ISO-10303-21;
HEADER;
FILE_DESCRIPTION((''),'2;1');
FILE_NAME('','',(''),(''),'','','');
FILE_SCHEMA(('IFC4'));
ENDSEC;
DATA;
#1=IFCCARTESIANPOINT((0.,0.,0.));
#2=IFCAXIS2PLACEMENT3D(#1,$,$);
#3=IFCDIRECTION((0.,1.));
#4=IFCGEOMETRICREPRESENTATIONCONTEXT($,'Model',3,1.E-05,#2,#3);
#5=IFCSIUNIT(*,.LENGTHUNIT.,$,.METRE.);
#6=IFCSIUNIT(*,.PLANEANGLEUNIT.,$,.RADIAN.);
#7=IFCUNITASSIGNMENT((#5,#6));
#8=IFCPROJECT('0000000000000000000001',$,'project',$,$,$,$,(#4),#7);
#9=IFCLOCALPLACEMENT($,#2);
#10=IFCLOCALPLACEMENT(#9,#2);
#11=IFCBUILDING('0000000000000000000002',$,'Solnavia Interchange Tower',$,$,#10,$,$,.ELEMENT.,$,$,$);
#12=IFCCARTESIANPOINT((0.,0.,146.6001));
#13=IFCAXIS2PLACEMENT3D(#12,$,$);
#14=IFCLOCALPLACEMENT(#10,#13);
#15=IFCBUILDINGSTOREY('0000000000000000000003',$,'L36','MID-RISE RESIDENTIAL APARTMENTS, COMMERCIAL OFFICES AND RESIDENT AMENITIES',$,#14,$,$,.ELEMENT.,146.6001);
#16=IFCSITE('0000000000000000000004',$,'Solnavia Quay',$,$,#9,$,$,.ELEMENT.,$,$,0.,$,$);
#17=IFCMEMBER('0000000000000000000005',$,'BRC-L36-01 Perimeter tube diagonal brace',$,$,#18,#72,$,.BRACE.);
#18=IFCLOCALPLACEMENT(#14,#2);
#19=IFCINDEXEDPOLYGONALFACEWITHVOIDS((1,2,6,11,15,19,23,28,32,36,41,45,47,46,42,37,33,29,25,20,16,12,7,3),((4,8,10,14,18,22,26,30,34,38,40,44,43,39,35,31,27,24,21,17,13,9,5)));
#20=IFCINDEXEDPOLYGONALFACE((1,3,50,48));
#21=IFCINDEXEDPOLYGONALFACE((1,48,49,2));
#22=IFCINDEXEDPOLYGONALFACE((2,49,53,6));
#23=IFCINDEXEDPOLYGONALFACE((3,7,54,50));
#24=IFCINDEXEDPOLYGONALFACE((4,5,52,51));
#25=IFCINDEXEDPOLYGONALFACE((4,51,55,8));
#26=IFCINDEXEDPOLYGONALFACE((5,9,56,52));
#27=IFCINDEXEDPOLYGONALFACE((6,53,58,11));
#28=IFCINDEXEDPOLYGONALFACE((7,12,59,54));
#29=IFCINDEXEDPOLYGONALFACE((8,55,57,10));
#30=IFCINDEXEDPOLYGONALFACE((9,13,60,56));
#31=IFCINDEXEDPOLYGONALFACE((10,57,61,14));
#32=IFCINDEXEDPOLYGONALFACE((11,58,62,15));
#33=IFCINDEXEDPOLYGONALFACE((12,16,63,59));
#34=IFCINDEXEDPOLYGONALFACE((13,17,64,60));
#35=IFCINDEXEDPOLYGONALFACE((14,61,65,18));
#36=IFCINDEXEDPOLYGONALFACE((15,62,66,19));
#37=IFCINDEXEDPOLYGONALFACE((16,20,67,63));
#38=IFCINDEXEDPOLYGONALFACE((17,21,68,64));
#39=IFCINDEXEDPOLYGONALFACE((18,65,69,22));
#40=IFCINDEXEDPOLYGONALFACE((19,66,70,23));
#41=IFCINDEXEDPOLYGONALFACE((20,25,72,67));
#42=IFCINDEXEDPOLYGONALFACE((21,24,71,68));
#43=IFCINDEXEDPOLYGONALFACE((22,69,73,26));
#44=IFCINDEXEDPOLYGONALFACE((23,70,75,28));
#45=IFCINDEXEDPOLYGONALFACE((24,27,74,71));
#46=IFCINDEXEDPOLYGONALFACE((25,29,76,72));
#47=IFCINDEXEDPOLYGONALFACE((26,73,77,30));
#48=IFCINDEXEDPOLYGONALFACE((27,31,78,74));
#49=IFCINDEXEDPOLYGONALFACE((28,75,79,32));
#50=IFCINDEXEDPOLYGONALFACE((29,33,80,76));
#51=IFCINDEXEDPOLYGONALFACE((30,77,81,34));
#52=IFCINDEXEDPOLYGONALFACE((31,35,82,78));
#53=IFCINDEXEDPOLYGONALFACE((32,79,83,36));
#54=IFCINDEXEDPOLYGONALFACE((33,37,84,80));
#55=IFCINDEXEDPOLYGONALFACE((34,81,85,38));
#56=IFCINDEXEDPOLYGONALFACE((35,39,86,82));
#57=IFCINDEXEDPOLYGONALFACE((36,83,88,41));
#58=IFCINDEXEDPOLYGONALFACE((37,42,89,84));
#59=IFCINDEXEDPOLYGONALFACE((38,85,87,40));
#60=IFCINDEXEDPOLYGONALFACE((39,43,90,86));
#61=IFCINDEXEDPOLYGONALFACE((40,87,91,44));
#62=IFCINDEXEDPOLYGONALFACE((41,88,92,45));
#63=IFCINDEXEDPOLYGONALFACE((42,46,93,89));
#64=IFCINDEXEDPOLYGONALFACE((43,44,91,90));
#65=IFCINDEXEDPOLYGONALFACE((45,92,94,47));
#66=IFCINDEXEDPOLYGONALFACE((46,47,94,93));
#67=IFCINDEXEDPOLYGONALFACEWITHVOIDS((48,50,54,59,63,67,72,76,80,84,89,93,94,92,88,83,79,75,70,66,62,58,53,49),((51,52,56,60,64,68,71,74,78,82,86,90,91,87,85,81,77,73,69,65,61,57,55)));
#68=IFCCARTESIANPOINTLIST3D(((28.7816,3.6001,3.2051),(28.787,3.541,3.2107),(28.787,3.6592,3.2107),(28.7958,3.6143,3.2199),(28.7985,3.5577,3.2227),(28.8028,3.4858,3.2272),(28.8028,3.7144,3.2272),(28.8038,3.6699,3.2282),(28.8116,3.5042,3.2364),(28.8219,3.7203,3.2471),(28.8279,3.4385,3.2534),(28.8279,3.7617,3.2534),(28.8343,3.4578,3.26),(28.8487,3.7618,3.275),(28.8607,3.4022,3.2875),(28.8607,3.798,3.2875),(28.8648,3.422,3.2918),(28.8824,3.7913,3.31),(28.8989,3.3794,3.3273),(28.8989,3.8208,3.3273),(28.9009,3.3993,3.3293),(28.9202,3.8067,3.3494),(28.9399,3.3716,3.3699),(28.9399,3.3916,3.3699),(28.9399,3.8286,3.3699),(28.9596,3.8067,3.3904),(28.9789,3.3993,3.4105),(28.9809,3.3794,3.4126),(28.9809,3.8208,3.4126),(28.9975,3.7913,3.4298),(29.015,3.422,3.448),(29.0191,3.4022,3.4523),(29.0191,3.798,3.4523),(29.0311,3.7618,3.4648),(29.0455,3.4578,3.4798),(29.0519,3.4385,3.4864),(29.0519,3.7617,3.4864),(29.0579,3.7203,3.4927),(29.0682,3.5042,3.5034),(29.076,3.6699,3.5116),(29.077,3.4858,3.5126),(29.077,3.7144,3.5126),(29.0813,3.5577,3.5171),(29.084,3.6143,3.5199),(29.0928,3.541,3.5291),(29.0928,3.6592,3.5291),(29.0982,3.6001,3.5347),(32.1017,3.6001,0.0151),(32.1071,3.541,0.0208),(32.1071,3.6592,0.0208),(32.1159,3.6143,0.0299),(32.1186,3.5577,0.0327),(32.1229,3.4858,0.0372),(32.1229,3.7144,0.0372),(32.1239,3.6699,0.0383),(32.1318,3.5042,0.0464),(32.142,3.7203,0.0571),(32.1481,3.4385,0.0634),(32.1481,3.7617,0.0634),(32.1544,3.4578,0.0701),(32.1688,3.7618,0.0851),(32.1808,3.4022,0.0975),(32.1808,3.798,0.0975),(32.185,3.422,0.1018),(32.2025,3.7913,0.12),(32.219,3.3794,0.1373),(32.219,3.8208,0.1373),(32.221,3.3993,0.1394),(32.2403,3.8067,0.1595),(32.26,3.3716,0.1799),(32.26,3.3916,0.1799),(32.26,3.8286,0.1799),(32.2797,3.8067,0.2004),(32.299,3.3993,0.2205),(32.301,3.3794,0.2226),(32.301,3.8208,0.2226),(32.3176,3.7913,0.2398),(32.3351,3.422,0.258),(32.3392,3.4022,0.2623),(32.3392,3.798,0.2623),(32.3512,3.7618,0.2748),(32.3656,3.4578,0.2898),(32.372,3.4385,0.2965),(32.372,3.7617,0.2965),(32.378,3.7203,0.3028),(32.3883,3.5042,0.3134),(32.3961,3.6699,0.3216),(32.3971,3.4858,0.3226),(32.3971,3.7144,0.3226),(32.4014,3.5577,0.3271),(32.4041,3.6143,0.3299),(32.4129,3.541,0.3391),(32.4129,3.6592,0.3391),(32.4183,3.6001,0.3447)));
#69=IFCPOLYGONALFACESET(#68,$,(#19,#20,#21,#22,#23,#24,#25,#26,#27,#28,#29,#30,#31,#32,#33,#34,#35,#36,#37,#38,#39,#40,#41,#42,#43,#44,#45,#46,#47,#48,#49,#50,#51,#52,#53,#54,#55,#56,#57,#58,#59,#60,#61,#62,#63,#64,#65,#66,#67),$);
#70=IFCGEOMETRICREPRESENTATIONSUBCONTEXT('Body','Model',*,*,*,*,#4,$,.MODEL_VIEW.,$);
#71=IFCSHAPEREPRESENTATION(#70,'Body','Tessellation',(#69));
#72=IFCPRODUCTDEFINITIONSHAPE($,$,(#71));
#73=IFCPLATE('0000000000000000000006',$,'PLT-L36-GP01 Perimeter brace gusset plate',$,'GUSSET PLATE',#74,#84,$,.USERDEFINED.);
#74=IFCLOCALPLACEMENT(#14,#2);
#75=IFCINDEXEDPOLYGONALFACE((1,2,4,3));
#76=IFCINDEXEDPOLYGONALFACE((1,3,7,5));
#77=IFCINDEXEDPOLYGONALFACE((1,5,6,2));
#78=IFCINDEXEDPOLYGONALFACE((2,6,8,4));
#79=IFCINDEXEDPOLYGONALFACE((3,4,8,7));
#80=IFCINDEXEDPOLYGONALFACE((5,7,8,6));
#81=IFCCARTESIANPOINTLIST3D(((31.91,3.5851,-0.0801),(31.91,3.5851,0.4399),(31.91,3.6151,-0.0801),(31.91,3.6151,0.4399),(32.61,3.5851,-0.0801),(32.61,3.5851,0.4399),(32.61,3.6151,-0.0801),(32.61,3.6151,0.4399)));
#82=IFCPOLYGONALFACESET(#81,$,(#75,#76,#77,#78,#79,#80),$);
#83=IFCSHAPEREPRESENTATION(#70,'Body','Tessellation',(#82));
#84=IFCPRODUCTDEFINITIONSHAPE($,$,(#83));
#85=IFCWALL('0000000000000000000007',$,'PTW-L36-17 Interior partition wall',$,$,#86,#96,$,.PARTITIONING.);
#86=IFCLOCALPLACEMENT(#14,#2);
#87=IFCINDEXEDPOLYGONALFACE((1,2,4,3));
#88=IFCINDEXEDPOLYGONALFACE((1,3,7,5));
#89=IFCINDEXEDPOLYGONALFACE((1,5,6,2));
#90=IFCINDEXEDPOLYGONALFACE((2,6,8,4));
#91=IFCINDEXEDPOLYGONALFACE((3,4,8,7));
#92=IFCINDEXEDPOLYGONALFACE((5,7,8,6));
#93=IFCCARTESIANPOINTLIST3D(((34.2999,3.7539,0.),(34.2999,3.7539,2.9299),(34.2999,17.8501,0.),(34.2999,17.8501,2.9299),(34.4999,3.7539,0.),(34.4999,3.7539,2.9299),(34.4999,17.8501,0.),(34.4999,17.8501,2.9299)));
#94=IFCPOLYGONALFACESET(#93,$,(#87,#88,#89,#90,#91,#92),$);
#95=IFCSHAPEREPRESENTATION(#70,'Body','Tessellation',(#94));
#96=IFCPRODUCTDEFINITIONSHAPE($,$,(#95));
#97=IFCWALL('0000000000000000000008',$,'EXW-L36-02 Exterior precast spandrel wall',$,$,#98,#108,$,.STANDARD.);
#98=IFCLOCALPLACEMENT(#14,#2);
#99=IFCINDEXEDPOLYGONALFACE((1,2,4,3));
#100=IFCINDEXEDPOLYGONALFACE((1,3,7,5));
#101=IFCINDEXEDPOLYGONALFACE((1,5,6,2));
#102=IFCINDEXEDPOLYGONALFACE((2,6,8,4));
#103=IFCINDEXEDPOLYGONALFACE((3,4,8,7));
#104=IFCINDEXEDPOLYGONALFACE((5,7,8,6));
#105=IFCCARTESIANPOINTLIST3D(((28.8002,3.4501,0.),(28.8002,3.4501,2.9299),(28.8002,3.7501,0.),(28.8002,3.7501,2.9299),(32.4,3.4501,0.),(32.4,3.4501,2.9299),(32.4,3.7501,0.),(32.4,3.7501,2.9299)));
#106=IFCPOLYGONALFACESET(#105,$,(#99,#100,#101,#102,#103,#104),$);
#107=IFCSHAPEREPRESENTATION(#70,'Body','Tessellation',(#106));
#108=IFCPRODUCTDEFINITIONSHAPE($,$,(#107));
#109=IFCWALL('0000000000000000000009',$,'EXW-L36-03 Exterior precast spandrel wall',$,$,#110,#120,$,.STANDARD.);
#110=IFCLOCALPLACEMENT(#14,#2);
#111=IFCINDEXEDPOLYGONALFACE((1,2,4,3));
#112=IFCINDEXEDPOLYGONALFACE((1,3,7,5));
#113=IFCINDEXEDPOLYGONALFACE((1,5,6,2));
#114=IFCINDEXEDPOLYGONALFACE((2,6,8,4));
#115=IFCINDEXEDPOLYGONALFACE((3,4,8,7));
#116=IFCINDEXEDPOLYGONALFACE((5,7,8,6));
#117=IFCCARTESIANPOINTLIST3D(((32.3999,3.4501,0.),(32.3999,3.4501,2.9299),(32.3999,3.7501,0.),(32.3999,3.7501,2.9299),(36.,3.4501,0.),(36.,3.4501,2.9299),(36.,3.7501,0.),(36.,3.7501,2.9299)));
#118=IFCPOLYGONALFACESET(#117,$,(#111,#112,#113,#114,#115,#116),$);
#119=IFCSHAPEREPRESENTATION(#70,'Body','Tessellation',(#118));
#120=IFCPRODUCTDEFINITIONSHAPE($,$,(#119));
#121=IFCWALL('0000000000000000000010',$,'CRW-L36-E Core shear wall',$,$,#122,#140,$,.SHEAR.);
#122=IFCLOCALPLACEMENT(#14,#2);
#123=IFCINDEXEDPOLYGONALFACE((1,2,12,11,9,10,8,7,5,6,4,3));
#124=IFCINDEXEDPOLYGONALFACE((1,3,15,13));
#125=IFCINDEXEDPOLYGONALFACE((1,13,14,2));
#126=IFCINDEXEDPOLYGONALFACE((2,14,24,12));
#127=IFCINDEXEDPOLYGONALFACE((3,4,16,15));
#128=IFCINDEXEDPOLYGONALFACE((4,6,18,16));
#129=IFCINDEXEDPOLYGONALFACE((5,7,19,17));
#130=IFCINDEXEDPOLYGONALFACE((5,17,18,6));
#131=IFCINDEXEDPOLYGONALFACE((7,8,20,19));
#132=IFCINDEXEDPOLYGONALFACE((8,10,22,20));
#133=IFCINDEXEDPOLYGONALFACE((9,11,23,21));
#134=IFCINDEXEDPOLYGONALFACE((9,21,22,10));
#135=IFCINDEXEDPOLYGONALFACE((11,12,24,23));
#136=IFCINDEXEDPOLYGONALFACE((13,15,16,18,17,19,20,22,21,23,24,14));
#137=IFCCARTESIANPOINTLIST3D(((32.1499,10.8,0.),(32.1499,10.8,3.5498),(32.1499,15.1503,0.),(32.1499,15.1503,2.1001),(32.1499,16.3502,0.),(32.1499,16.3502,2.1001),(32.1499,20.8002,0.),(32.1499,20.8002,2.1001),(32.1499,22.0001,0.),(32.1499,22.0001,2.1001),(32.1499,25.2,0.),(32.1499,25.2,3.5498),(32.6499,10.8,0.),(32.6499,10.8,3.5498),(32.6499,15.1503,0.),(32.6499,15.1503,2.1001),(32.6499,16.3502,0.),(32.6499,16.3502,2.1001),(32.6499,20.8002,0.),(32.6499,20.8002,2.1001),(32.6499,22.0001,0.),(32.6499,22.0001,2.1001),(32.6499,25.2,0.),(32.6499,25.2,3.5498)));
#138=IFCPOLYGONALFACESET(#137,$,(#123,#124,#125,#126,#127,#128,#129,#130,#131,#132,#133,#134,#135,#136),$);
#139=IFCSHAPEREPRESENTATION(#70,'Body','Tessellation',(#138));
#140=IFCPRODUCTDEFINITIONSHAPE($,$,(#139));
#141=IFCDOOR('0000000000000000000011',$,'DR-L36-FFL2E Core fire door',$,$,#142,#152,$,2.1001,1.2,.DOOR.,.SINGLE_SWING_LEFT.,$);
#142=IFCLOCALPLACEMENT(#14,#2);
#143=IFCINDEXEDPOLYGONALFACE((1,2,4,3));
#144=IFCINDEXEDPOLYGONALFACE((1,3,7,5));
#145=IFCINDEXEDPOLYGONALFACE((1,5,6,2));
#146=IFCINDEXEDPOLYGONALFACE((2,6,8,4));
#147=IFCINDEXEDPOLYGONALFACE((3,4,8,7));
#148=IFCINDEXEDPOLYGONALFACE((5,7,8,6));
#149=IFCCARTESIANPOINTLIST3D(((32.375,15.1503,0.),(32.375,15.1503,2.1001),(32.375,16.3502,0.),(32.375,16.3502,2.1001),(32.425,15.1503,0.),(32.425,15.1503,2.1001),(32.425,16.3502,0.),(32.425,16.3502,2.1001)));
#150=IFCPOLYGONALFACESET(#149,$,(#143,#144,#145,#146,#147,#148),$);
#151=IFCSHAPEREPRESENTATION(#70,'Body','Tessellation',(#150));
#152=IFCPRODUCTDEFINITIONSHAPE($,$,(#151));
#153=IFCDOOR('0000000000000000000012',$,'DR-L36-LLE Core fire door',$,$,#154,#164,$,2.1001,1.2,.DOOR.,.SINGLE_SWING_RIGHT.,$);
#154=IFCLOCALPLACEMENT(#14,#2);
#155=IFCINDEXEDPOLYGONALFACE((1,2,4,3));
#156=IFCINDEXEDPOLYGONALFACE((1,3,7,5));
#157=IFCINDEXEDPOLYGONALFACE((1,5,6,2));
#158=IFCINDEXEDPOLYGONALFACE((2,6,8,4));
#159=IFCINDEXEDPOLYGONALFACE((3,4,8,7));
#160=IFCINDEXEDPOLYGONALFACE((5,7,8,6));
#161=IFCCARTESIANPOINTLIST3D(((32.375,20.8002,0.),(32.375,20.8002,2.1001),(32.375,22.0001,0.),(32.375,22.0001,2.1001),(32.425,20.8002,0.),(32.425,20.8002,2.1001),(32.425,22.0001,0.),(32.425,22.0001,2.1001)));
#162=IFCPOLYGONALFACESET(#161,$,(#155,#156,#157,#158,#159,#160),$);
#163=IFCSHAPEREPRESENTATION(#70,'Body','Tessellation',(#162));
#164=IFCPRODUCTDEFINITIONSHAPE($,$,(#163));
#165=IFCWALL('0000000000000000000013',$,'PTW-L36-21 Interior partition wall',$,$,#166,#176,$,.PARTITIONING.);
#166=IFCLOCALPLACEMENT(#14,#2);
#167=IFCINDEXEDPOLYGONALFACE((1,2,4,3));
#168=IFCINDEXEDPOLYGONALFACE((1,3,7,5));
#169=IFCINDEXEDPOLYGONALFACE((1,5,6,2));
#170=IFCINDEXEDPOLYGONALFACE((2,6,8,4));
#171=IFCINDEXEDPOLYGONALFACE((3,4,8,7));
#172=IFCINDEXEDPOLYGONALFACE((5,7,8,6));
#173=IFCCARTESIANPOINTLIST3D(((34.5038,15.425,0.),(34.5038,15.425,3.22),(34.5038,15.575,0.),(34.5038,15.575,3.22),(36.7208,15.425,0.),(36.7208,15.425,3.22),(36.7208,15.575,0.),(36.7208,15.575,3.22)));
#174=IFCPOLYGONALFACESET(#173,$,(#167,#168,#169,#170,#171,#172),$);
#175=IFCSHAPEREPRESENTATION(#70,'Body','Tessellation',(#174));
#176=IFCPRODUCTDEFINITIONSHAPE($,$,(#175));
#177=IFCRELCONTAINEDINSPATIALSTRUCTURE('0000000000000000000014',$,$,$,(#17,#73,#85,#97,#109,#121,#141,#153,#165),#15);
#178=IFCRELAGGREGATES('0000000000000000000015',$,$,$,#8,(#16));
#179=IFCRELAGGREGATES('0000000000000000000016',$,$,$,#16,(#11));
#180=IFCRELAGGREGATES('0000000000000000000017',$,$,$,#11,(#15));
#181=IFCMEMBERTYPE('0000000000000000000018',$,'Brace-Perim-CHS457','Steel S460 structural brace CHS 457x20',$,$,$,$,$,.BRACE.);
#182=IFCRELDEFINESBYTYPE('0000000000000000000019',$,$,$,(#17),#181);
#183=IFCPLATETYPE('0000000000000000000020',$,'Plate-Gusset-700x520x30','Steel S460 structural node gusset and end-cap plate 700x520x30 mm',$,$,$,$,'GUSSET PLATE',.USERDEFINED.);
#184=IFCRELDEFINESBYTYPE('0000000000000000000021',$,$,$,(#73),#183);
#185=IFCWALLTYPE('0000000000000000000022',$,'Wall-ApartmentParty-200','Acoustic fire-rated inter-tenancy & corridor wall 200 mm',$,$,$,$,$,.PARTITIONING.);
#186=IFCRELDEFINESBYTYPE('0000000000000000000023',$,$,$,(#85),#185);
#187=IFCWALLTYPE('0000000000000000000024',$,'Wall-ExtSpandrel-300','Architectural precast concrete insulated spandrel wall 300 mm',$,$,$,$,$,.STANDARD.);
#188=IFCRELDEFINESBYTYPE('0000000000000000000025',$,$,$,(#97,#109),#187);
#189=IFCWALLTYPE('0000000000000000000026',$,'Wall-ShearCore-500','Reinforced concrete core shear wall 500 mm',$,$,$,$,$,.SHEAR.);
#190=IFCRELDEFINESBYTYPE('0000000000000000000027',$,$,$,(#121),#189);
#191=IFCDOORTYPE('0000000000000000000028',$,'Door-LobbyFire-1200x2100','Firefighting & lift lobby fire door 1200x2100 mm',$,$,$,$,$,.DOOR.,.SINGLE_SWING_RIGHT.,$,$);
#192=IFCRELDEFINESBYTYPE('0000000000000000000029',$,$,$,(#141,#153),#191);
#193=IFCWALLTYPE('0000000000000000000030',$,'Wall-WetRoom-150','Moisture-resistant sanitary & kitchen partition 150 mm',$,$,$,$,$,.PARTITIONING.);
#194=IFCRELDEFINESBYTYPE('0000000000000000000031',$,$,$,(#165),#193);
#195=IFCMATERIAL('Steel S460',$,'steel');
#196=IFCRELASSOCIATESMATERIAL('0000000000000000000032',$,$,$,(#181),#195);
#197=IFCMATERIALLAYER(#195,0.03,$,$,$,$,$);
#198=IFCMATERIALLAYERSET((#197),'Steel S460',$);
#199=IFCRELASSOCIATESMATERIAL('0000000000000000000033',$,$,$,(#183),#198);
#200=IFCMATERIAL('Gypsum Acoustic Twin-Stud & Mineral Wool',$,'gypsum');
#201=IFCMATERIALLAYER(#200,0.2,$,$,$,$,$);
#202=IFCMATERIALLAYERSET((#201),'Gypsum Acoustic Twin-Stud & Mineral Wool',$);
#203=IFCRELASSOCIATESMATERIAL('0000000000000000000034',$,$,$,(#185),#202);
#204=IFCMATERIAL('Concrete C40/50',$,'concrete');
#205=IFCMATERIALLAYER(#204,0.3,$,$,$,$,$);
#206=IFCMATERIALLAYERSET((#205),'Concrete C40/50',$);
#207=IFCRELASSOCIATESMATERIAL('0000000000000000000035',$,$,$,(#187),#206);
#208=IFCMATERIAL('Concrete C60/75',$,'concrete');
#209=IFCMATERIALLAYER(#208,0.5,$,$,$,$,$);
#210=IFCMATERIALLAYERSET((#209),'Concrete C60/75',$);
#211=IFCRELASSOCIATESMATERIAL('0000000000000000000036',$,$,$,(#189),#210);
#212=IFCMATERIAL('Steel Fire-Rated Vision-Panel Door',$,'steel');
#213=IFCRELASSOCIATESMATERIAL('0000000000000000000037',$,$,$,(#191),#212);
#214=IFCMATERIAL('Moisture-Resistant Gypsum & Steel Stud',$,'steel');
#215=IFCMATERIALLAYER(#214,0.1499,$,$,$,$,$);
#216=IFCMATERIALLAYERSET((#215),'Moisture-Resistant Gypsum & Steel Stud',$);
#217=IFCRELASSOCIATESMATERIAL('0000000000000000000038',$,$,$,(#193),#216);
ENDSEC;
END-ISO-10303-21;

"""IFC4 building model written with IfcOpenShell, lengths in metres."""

from ifc_helpers import new_model, si_unit, direction, frame, frame_2d, origin, origin_2d, place, context, subcontext, project, spatial, rectangle, hollow_circle, extrude, material, layer, layer_set, material_profile, profile_set, type_object, element, fill, save


model = new_model("IFC4")

# Units and contexts
model_context = context("Model", 3, precision=1e-05, world=origin(), true_north=direction((0.0, 1.0)))
body_context = subcontext(model_context, "Body", "Model", "MODEL_VIEW")
ifc_project = project(units=[si_unit("LENGTHUNIT", "METRE"), si_unit("PLANEANGLEUNIT", "RADIAN")], contexts=[model_context])

# Site, building, storey
site_placement = place(None, origin())
site = spatial("IfcSite", under=ifc_project, at=site_placement, Name="Solnavia Quay", CompositionType="ELEMENT", RefElevation=0.0)
building_placement = place(site_placement, origin())
building = spatial("IfcBuilding", under=site, at=building_placement, Name="Solnavia Interchange Tower", CompositionType="ELEMENT")
storey_placement = place(building_placement, frame((0.0, 0.0, 146.6001)))
storey = spatial("IfcBuildingStorey", under=building, at=storey_placement, Name="L36", Description="MID-RISE RESIDENTIAL APARTMENTS, COMMERCIAL OFFICES AND RESIDENT AMENITIES", CompositionType="ELEMENT", Elevation=146.6001)

# Shared definitions
ifc_material_1 = material(Name="Steel S460", Category="steel")

# Member
ifc_material_profile_1 = material_profile(ifc_material_1, hollow_circle(Radius=0.2285, WallThickness=0.02, at=origin_2d()), Name="CHS 457x20")
ifc_profile_set_1 = profile_set([ifc_material_profile_1], Name="Steel S460")
member_type = type_object("IfcMemberType", Name="Brace-Perim-CHS457", Description="Steel S460 structural brace CHS 457x20", PredefinedType="BRACE", material=ifc_profile_set_1)
member_placement = place(storey_placement, frame((32.26, 3.6001, 0.1799), z_axis=(-0.721097, 0.0, 0.692834), x_axis=(0.0, -1.0, 0.0)))
element("IfcMember", 1, at=member_placement, inside=storey, type_object=member_type, Name="BRC-L36-01 Perimeter tube diagonal brace", PredefinedType="BRACE", context=body_context, shape_type="SweptSolid", body=[
    extrude(hollow_circle(Radius=0.2285, WallThickness=0.02, at=origin_2d()), origin(), (0.0, 0.0, 1.0), 4.6042),
])

# Plate
ifc_layer_1 = layer(ifc_material_1, 0.03)
ifc_layer_set_1 = layer_set([ifc_layer_1], Name="Steel S460")
plate_type = type_object("IfcPlateType", Name="Plate-Gusset-700x520x30", Description="Steel S460 structural node gusset and end-cap plate 700x520x30 mm", ElementType="GUSSET PLATE", PredefinedType="USERDEFINED", material=ifc_layer_set_1)
plate_placement = place(storey_placement, frame((32.26, 3.6001, -0.0801), z_axis=(0.0, 0.0, 1.0), x_axis=(-1.0, 0.0, 0.0)))
element("IfcPlate", 2, at=plate_placement, inside=storey, type_object=plate_type, Name="PLT-L36-GP01 Perimeter brace gusset plate", ObjectType="GUSSET PLATE", PredefinedType="USERDEFINED", context=body_context, shape_type="SweptSolid", body=[
    extrude(rectangle(XDim=0.7, YDim=0.03, at=origin_2d()), origin(), (0.0, 0.0, 1.0), 0.52),
])

# Walls
ifc_material_2 = material(Name="Gypsum Acoustic Twin-Stud & Mineral Wool", Category="gypsum")
ifc_layer_2 = layer(ifc_material_2, 0.2)
ifc_layer_set_2 = layer_set([ifc_layer_2], Name="Gypsum Acoustic Twin-Stud & Mineral Wool")
wall_type_1 = type_object("IfcWallType", Name="Wall-ApartmentParty-200", Description="Acoustic fire-rated inter-tenancy & corridor wall 200 mm", PredefinedType="PARTITIONING", material=ifc_layer_set_2)
wall_1_placement = place(storey_placement, frame((34.3999, 3.7539, 0.0), z_axis=(0.0, 0.0, 1.0), x_axis=(0.0, 1.0, 0.0)))
element("IfcWall", 3, at=wall_1_placement, inside=storey, type_object=wall_type_1, Name="PTW-L36-17 Interior partition wall", PredefinedType="PARTITIONING", context=body_context, shape_type="SweptSolid", body=[
    extrude(rectangle(XDim=14.0962, YDim=0.2, at=frame_2d((7.0481, 0.0))), origin(), (0.0, 0.0, 1.0), 2.9299),
])
ifc_material_3 = material(Name="Concrete C40/50", Category="concrete")
ifc_layer_3 = layer(ifc_material_3, 0.3)
ifc_layer_set_3 = layer_set([ifc_layer_3], Name="Concrete C40/50")
wall_type_2 = type_object("IfcWallType", Name="Wall-ExtSpandrel-300", Description="Architectural precast concrete insulated spandrel wall 300 mm", PredefinedType="STANDARD", material=ifc_layer_set_3)
wall_2_placement = place(storey_placement, frame((32.3999, 3.6001, 0.0), z_axis=(0.0, 0.0, 1.0), x_axis=(-1.0, 0.0, 0.0)))
element("IfcWall", 4, at=wall_2_placement, inside=storey, type_object=wall_type_2, Name="EXW-L36-02 Exterior precast spandrel wall", PredefinedType="STANDARD", context=body_context, shape_type="SweptSolid", body=[
    extrude(rectangle(XDim=3.5999, YDim=0.3, at=frame_2d((1.7998, 0.0))), origin(), (0.0, 0.0, 1.0), 2.9299),
])
wall_3_placement = place(storey_placement, frame((36.0, 3.6001, 0.0), z_axis=(0.0, 0.0, 1.0), x_axis=(-1.0, 0.0, 0.0)))
element("IfcWall", 5, at=wall_3_placement, inside=storey, type_object=wall_type_2, Name="EXW-L36-03 Exterior precast spandrel wall", PredefinedType="STANDARD", context=body_context, shape_type="SweptSolid", body=[
    extrude(rectangle(XDim=3.6001, YDim=0.3, at=frame_2d((1.8, 0.0))), origin(), (0.0, 0.0, 1.0), 2.9299),
])

# Wall, openings, doors
ifc_material_4 = material(Name="Concrete C60/75", Category="concrete")
ifc_layer_4 = layer(ifc_material_4, 0.5)
ifc_layer_set_4 = layer_set([ifc_layer_4], Name="Concrete C60/75")
wall_type_3 = type_object("IfcWallType", Name="Wall-ShearCore-500", Description="Reinforced concrete core shear wall 500 mm", PredefinedType="SHEAR", material=ifc_layer_set_4)
wall_4_placement = place(storey_placement, frame((32.3999, 10.8, 0.0), z_axis=(0.0, 0.0, 1.0), x_axis=(0.0, 1.0, 0.0)))
wall_4 = element("IfcWall", 6, at=wall_4_placement, inside=storey, type_object=wall_type_3, Name="CRW-L36-E Core shear wall", PredefinedType="SHEAR", context=body_context, shape_type="SweptSolid", body=[
    extrude(rectangle(XDim=14.3999, YDim=0.5, at=frame_2d((7.2, 0.0))), origin(), (0.0, 0.0, 1.0), 3.5498),
])
opening_1_placement = place(wall_4_placement, frame((4.3501, 0.0, 0.0)))
opening_1 = element("IfcOpeningElement", 7, at=opening_1_placement, cuts=wall_4, PredefinedType="OPENING", context=body_context, shape_type="SweptSolid", body=[
    extrude(rectangle(XDim=1.2, YDim=2.1001, at=frame_2d((0.6001, 1.05))), frame((0.0, 0.26, 0.0), z_axis=(0.0, -1.0, 0.0), x_axis=(1.0, 0.0, 0.0)), (0.0, 0.0, 1.0), 0.52),
])
opening_2_placement = place(wall_4_placement, frame((10.0, 0.0, 0.0)))
opening_2 = element("IfcOpeningElement", 8, at=opening_2_placement, cuts=wall_4, PredefinedType="OPENING", context=body_context, shape_type="SweptSolid", body=[
    extrude(rectangle(XDim=1.2, YDim=2.1001, at=frame_2d((0.6001, 1.05))), frame((0.0, 0.26, 0.0), z_axis=(0.0, -1.0, 0.0), x_axis=(1.0, 0.0, 0.0)), (0.0, 0.0, 1.0), 0.52),
])
ifc_material_5 = material(Name="Steel Fire-Rated Vision-Panel Door", Category="steel")
door_type_1 = type_object("IfcDoorType", Name="Door-LobbyFire-1200x2100", Description="Firefighting & lift lobby fire door 1200x2100 mm", OperationType="SINGLE_SWING_RIGHT", PredefinedType="DOOR", material=ifc_material_5)
door_1_placement = place(opening_1_placement, origin())
door_1 = element("IfcDoor", 9, at=door_1_placement, inside=storey, type_object=door_type_1, Name="DR-L36-FFL2E Core fire door", OperationType="SINGLE_SWING_LEFT", OverallHeight=2.1001, OverallWidth=1.2, PredefinedType="DOOR", context=body_context, shape_type="SweptSolid", body=[
    extrude(rectangle(XDim=1.2, YDim=2.1001, at=frame_2d((0.6001, 1.05))), frame((0.0, 0.0249, 0.0), z_axis=(0.0, -1.0, 0.0), x_axis=(1.0, 0.0, 0.0)), (0.0, 0.0, 1.0), 0.05),
])
fill(opening_1, door_1)
door_2_placement = place(opening_2_placement, origin())
door_2 = element("IfcDoor", 10, at=door_2_placement, inside=storey, type_object=door_type_1, Name="DR-L36-LLE Core fire door", OperationType="SINGLE_SWING_RIGHT", OverallHeight=2.1001, OverallWidth=1.2, PredefinedType="DOOR", context=body_context, shape_type="SweptSolid", body=[
    extrude(rectangle(XDim=1.2, YDim=2.1001, at=frame_2d((0.6001, 1.05))), frame((0.0, 0.0249, 0.0), z_axis=(0.0, -1.0, 0.0), x_axis=(1.0, 0.0, 0.0)), (0.0, 0.0, 1.0), 0.05),
])
fill(opening_2, door_2)

# Wall
ifc_material_6 = material(Name="Moisture-Resistant Gypsum & Steel Stud", Category="steel")
ifc_layer_5 = layer(ifc_material_6, 0.1499)
ifc_layer_set_5 = layer_set([ifc_layer_5], Name="Moisture-Resistant Gypsum & Steel Stud")
wall_type_4 = type_object("IfcWallType", Name="Wall-WetRoom-150", Description="Moisture-resistant sanitary & kitchen partition 150 mm", PredefinedType="PARTITIONING", material=ifc_layer_set_5)
wall_5_placement = place(storey_placement, frame((34.5039, 15.5, 0.0), z_axis=(0.0, 0.0, 1.0), x_axis=(1.0, 0.0, 0.0)))
element("IfcWall", 11, at=wall_5_placement, inside=storey, type_object=wall_type_4, Name="PTW-L36-21 Interior partition wall", PredefinedType="PARTITIONING", context=body_context, shape_type="SweptSolid", body=[
    extrude(rectangle(XDim=2.217, YDim=0.1499, at=frame_2d((1.1084, 0.0))), origin(), (0.0, 0.0, 1.0), 3.22),
])

save(model, "model.ifc")
